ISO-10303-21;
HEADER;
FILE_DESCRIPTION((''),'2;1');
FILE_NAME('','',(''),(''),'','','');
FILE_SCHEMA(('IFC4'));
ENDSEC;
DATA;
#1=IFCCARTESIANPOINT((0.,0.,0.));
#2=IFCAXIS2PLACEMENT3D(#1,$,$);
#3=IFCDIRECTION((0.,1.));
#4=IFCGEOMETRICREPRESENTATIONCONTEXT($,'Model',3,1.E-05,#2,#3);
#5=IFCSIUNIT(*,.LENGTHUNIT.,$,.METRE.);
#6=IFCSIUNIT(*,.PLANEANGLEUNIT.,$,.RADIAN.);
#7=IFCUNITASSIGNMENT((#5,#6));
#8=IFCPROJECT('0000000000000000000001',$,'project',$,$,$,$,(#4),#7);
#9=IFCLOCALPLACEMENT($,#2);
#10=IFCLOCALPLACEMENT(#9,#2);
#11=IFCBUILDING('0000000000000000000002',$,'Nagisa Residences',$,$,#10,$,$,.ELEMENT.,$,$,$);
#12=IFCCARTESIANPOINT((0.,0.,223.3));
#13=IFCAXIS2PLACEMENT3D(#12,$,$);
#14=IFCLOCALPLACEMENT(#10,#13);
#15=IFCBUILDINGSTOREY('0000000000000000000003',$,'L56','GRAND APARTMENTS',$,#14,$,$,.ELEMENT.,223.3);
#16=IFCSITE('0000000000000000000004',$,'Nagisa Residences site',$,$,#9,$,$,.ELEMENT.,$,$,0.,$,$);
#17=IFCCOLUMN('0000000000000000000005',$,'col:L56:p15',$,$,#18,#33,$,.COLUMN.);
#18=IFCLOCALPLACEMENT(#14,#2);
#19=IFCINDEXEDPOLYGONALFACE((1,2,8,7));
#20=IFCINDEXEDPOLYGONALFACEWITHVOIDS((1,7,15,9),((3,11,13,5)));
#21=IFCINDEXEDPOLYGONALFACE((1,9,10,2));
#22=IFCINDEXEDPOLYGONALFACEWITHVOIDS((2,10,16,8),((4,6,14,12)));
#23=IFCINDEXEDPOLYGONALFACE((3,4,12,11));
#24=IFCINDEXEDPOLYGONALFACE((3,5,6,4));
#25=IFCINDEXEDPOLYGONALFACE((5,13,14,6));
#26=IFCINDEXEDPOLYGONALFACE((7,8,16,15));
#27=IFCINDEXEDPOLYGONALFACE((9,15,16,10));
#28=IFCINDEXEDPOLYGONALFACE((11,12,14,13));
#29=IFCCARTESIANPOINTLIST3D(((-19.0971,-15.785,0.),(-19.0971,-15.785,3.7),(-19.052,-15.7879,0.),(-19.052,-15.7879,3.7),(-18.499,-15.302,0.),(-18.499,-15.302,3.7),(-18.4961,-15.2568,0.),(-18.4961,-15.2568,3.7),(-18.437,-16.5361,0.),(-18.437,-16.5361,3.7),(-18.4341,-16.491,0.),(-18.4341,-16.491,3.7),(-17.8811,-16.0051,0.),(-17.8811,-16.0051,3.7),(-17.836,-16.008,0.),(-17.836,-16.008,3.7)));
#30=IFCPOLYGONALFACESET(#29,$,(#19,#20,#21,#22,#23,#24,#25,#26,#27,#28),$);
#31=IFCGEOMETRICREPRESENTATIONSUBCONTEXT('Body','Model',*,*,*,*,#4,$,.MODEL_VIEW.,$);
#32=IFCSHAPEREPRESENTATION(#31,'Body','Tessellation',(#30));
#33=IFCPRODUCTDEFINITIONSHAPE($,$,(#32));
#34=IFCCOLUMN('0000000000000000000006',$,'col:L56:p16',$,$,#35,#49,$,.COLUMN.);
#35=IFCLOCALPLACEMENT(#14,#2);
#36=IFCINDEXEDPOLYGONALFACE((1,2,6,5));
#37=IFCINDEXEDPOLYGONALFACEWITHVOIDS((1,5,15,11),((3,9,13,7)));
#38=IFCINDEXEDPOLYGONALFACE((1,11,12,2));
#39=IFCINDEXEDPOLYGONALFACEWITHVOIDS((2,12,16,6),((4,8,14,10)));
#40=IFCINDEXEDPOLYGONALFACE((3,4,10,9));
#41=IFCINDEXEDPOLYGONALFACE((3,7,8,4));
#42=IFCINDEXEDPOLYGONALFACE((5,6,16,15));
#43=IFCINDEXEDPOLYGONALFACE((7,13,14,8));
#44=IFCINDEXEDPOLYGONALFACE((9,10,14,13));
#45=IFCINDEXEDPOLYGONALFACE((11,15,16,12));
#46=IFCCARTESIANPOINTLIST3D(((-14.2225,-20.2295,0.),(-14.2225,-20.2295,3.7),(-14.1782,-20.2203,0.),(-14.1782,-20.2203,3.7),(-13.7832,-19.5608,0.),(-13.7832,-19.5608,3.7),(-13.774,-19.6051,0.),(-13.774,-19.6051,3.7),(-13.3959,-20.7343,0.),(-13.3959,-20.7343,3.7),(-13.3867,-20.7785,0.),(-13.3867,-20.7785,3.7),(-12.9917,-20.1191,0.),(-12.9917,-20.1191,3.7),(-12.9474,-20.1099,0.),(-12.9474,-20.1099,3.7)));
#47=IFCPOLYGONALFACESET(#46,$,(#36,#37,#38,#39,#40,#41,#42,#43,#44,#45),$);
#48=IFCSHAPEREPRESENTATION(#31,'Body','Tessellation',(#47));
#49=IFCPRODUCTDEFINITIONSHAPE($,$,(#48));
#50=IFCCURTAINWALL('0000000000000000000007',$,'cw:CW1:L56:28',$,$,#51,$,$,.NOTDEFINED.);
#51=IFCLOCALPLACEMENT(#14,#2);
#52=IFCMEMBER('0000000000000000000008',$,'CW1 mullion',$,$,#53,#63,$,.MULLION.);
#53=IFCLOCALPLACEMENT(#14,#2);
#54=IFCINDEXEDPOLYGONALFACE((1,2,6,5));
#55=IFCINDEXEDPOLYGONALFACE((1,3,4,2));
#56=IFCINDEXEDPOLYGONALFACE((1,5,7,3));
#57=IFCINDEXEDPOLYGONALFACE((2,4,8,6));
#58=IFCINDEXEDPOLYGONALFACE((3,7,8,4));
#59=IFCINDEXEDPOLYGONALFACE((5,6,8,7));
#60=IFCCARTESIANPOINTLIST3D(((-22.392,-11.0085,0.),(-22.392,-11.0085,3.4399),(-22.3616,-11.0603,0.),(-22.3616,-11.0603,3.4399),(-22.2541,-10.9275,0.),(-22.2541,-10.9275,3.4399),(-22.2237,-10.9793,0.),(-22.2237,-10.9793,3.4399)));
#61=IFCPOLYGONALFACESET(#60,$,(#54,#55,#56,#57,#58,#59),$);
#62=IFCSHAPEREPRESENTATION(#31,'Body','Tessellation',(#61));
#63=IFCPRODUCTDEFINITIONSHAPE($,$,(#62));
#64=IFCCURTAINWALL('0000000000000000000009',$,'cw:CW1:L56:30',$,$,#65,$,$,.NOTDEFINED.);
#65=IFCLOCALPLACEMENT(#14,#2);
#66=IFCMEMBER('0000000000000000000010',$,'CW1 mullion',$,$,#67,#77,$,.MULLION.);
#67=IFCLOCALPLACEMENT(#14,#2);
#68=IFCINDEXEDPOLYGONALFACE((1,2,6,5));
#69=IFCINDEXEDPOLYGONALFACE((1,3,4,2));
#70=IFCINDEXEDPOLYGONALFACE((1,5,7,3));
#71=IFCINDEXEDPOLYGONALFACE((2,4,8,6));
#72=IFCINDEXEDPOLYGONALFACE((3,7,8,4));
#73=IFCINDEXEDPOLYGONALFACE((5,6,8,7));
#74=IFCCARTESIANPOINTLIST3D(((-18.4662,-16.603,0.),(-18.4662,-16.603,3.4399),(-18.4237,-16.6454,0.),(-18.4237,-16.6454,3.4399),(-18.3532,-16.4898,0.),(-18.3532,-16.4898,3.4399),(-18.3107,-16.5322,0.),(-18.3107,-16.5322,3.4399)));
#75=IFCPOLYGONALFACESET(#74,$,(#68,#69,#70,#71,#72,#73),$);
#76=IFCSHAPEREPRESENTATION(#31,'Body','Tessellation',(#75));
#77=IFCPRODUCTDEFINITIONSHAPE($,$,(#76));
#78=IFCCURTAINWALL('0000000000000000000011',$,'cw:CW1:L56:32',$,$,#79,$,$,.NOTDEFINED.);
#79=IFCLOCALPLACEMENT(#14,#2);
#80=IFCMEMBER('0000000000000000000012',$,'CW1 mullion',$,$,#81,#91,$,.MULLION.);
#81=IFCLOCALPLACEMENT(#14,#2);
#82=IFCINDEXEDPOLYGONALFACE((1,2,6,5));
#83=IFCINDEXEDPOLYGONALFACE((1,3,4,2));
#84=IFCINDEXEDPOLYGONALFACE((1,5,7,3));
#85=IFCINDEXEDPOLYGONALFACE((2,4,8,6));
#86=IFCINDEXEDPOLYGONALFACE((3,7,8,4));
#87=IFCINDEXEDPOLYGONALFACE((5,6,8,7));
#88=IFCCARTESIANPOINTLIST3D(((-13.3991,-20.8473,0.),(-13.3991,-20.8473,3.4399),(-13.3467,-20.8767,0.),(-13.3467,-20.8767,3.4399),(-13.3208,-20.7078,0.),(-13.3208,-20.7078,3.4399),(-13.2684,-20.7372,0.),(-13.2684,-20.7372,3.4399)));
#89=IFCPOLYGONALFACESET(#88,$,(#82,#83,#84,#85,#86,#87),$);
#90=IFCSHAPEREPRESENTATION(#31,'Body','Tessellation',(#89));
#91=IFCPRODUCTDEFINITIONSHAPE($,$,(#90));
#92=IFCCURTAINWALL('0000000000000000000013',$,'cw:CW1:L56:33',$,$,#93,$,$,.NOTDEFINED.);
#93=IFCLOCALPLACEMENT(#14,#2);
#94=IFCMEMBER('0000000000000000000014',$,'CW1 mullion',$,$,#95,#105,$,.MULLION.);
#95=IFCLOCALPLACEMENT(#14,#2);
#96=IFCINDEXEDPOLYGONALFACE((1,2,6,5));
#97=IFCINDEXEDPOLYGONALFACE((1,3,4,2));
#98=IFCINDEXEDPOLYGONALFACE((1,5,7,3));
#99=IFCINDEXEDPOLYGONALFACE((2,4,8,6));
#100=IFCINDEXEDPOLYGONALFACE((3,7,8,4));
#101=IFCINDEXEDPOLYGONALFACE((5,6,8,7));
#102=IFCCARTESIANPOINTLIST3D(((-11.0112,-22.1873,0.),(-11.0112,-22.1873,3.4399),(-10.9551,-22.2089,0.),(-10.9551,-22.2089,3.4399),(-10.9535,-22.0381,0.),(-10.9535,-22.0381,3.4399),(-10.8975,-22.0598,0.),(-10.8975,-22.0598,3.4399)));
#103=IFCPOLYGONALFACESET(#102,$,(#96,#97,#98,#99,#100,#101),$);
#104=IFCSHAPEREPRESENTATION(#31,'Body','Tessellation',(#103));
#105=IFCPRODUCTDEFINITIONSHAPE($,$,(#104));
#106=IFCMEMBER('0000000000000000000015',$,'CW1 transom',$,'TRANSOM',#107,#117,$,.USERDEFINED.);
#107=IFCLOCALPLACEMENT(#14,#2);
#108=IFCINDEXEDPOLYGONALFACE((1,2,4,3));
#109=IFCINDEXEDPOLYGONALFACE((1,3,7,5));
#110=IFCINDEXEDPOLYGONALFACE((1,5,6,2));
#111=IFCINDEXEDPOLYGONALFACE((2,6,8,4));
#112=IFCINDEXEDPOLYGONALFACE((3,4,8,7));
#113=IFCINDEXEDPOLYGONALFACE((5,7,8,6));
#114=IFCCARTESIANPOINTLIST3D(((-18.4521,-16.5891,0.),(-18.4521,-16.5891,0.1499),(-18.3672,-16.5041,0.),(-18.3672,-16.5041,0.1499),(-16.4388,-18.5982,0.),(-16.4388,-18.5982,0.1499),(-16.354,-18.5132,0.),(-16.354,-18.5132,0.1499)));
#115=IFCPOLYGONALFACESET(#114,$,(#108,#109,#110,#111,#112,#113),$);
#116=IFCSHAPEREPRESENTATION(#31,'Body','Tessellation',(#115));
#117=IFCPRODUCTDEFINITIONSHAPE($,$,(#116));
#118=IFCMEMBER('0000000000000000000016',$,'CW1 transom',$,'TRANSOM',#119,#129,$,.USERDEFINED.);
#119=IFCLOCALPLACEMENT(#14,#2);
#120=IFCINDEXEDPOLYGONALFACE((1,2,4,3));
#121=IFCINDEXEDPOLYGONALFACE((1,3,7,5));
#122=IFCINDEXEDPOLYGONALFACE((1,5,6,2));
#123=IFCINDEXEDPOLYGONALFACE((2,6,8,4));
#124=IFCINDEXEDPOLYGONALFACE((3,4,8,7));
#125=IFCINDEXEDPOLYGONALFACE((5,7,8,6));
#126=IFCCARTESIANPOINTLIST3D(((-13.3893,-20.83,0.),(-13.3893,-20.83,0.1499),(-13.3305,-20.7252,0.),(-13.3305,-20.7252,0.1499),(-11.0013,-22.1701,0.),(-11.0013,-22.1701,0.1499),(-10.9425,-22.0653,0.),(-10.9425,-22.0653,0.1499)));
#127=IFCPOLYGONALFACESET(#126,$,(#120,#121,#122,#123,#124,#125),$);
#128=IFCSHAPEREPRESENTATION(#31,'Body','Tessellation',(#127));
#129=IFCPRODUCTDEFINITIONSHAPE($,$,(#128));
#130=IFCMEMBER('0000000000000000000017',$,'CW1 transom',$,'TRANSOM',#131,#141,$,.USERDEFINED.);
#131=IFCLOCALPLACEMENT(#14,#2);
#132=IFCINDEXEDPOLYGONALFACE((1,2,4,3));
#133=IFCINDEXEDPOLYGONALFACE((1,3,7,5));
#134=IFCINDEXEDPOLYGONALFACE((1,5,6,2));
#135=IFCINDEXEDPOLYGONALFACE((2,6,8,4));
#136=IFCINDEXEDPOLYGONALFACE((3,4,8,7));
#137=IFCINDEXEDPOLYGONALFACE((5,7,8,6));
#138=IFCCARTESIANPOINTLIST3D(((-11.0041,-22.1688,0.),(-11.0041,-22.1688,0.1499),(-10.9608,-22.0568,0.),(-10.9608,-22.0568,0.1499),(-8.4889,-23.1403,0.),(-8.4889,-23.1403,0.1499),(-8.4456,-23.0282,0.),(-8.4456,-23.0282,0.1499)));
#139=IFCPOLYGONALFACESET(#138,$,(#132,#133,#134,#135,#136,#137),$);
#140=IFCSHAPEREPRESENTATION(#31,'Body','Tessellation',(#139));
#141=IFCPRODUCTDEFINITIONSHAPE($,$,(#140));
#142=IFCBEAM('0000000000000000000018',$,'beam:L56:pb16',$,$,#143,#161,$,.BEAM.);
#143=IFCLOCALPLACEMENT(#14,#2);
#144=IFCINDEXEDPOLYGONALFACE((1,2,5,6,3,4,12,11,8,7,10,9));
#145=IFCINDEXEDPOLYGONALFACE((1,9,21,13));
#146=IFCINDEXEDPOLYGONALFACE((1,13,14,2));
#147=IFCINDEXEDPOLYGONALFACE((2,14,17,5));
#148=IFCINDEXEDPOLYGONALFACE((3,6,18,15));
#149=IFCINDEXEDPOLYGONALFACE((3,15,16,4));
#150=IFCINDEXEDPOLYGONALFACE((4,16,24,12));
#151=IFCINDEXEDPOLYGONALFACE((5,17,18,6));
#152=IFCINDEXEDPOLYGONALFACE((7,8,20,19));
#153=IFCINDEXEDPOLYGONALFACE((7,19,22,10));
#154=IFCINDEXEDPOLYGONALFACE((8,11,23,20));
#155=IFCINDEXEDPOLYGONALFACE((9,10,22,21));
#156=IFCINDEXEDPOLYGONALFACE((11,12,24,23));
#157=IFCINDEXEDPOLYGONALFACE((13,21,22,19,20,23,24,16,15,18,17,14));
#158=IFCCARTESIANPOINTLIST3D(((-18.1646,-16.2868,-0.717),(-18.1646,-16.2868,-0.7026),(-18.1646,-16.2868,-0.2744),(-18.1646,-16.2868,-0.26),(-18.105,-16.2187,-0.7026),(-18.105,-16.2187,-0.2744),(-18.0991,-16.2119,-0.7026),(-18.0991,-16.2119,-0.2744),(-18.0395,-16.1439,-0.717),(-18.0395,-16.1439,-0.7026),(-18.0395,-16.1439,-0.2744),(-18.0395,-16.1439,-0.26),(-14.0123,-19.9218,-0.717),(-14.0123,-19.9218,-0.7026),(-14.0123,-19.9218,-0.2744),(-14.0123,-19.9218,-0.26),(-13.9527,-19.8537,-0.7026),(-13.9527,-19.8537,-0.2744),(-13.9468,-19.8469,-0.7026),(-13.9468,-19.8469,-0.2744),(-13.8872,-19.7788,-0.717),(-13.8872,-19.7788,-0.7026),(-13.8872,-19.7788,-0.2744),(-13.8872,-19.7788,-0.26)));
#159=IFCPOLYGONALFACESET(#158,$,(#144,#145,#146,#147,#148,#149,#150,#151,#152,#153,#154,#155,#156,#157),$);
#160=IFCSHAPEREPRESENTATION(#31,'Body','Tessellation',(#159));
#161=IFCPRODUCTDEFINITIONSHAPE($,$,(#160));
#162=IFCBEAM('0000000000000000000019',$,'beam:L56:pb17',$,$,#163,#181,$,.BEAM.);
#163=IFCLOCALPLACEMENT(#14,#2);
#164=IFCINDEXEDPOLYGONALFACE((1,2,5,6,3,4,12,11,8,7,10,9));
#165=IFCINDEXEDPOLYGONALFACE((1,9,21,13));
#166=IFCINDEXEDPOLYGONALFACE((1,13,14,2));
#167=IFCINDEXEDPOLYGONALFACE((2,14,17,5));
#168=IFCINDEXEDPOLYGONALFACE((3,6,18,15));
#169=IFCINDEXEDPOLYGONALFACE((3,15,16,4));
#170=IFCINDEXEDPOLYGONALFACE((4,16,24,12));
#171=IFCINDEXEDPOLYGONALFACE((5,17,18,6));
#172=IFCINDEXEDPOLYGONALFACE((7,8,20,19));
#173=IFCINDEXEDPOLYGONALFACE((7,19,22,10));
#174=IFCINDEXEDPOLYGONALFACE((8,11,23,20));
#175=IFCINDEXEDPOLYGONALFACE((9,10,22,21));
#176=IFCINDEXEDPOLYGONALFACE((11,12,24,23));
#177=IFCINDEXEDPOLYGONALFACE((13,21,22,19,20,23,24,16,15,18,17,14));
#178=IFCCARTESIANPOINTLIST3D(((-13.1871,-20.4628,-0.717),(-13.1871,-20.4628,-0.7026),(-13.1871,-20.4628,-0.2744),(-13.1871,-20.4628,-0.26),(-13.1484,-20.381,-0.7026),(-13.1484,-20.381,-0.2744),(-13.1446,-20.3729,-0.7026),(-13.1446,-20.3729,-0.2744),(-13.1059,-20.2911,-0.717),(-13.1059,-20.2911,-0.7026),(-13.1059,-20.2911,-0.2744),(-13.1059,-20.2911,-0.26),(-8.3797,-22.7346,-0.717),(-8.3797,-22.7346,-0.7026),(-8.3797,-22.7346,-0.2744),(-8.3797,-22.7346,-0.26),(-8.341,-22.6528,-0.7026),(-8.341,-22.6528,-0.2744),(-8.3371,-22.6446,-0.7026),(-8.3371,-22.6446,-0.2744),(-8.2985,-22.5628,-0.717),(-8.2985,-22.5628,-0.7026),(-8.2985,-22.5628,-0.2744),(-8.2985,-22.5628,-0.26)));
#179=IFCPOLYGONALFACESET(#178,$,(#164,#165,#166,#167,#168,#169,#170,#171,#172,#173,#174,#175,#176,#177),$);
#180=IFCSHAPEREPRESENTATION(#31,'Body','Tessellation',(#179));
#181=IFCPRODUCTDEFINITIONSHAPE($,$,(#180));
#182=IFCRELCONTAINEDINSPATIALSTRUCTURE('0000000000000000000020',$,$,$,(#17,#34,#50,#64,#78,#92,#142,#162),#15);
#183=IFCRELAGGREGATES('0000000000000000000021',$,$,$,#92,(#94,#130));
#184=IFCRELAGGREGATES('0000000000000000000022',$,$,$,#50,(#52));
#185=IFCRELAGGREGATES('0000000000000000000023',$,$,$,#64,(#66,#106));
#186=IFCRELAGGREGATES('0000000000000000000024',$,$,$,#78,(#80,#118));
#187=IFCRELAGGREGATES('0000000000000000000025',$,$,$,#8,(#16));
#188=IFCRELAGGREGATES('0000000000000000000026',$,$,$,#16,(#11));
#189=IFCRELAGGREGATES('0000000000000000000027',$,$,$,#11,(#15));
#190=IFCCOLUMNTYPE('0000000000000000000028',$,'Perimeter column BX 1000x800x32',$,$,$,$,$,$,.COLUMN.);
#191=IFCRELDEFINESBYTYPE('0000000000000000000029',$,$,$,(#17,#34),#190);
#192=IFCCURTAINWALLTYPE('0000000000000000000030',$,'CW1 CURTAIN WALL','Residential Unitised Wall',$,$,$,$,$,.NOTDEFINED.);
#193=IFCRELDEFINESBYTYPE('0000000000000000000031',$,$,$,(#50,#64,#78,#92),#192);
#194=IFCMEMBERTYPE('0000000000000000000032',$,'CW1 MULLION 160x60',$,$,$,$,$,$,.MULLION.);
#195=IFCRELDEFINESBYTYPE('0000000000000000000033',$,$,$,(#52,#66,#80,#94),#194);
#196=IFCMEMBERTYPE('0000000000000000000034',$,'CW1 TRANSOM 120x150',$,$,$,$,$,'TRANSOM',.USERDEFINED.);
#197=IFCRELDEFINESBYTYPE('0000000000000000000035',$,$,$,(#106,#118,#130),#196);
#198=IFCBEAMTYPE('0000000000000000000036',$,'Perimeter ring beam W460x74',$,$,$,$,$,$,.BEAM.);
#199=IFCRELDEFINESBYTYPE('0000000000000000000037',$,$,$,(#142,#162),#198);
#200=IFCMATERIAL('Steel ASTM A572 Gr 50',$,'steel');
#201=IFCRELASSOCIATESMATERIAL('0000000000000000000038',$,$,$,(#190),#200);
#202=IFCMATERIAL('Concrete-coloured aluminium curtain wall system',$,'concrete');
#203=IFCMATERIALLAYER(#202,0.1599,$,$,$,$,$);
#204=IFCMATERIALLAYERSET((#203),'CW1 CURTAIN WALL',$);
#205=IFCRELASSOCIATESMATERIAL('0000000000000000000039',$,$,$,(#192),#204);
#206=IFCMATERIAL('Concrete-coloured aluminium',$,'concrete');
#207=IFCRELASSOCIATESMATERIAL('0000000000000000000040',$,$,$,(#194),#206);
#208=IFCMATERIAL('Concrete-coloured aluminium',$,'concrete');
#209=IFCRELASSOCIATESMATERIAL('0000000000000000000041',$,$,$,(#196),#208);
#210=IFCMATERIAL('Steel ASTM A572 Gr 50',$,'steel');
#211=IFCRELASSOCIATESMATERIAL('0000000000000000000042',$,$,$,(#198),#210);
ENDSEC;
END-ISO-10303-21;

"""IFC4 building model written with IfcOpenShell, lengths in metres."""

from ifc_helpers import new_model, si_unit, direction, frame, origin, origin_2d, place, context, subcontext, project, spatial, rectangle, hollow_rectangle, i_section, extrude, material, layer, layer_set, material_profile, profile_set, type_object, element, aggregate, save


model = new_model("IFC4")

# Units and contexts
model_context = context("Model", 3, precision=1e-05, world=origin(), true_north=direction((0.0, 1.0)))
body_context = subcontext(model_context, "Body", "Model", "MODEL_VIEW")
ifc_project = project(units=[si_unit("LENGTHUNIT", "METRE"), si_unit("PLANEANGLEUNIT", "RADIAN")], contexts=[model_context])

# Site, building, storey
site_placement = place(None, origin())
site = spatial("IfcSite", under=ifc_project, at=site_placement, Name="Nagisa Residences site", CompositionType="ELEMENT", RefElevation=0.0)
building_placement = place(site_placement, origin())
building = spatial("IfcBuilding", under=site, at=building_placement, Name="Nagisa Residences", CompositionType="ELEMENT")
storey_placement = place(building_placement, frame((0.0, 0.0, 223.3)))
storey = spatial("IfcBuildingStorey", under=building, at=storey_placement, Name="L56", Description="GRAND APARTMENTS", CompositionType="ELEMENT", Elevation=223.3)

# Columns
ifc_material_1 = material(Name="Steel ASTM A572 Gr 50", Category="steel")
ifc_material_profile_1 = material_profile(ifc_material_1, hollow_rectangle(XDim=1.0, YDim=0.8, WallThickness=0.032, at=origin_2d()), Name="BX 1000x800x32")
ifc_profile_set_1 = profile_set([ifc_material_profile_1], Name="Steel ASTM A572 Gr 50")
column_type = type_object("IfcColumnType", Name="Perimeter column BX 1000x800x32", PredefinedType="COLUMN", material=ifc_profile_set_1)
for number, where, z_axis, x_axis, name in (
    (1, (-18.4666, -15.8965, 0.0), (0.0, 0.0, 1.0), (0.660115, -0.751165, 0.0), "col:L56:p15"),
    (2, (-13.585, -20.1697, 0.0), (0.0, 0.0, 1.0), (0.835766, -0.549086, 0.0), "col:L56:p16"),
):
    element("IfcColumn", number, at=place(storey_placement, frame(where, z_axis=z_axis, x_axis=x_axis)), inside=storey, type_object=column_type, Name=name, PredefinedType="COLUMN", context=body_context, shape_type="SweptSolid", body=[
        extrude(hollow_rectangle(XDim=1.0, YDim=0.8, WallThickness=0.032, at=origin_2d()), origin(), (0.0, 0.0, 1.0), 3.7),
    ])

# Curtain walls, members
ifc_material_2 = material(Name="Concrete-coloured aluminium curtain wall system", Category="concrete")
ifc_layer_1 = layer(ifc_material_2, 0.1599)
ifc_layer_set_1 = layer_set([ifc_layer_1], Name="CW1 CURTAIN WALL")
curtain_wall_type = type_object("IfcCurtainWallType", Name="CW1 CURTAIN WALL", Description="Residential Unitised Wall", PredefinedType="NOTDEFINED", material=ifc_layer_set_1)
curtain_wall_1_placement = place(storey_placement, origin())
curtain_wall_1 = element("IfcCurtainWall", 3, at=curtain_wall_1_placement, inside=storey, type_object=curtain_wall_type, Name="cw:CW1:L56:28", PredefinedType="NOTDEFINED")
ifc_material_3 = material(Name="Concrete-coloured aluminium", Category="concrete")
ifc_material_profile_2 = material_profile(ifc_material_3, rectangle(XDim=0.1599, YDim=0.0601, at=origin_2d()), Name="CW1 MULLION 160x60")
ifc_profile_set_2 = profile_set([ifc_material_profile_2], Name="Concrete-coloured aluminium")
member_type_1 = type_object("IfcMemberType", Name="CW1 MULLION 160x60", PredefinedType="MULLION", material=ifc_profile_set_2)
member_1_placement = place(storey_placement, frame((-22.3079, -10.9939, 0.0), z_axis=(0.0, 0.0, 1.0), x_axis=(0.862329, 0.506349, 0.0)))
member_1 = element("IfcMember", 4, at=member_1_placement, type_object=member_type_1, Name="CW1 mullion", PredefinedType="MULLION", context=body_context, shape_type="SweptSolid", body=[
    extrude(rectangle(XDim=0.1599, YDim=0.0601, at=origin_2d()), origin(), (0.0, 0.0, 1.0), 3.4399),
])
curtain_wall_2_placement = place(storey_placement, origin())
curtain_wall_2 = element("IfcCurtainWall", 5, at=curtain_wall_2_placement, inside=storey, type_object=curtain_wall_type, Name="cw:CW1:L56:30", PredefinedType="NOTDEFINED")
member_2_placement = place(storey_placement, frame((-18.3884, -16.5676, 0.0), z_axis=(0.0, 0.0, 1.0), x_axis=(0.706377, 0.707836, 0.0)))
member_2 = element("IfcMember", 6, at=member_2_placement, type_object=member_type_1, Name="CW1 mullion", PredefinedType="MULLION", context=body_context, shape_type="SweptSolid", body=[
    extrude(rectangle(XDim=0.1599, YDim=0.0601, at=origin_2d()), origin(), (0.0, 0.0, 1.0), 3.4399),
])
curtain_wall_3_placement = place(storey_placement, origin())
curtain_wall_3 = element("IfcCurtainWall", 7, at=curtain_wall_3_placement, inside=storey, type_object=curtain_wall_type, Name="cw:CW1:L56:32", PredefinedType="NOTDEFINED")
member_3_placement = place(storey_placement, frame((-13.3337, -20.7922, 0.0), z_axis=(0.0, 0.0, 1.0), x_axis=(0.489377, 0.872072, 0.0)))
member_3 = element("IfcMember", 8, at=member_3_placement, type_object=member_type_1, Name="CW1 mullion", PredefinedType="MULLION", context=body_context, shape_type="SweptSolid", body=[
    extrude(rectangle(XDim=0.1599, YDim=0.0601, at=origin_2d()), origin(), (0.0, 0.0, 1.0), 3.4399),
])
curtain_wall_4_placement = place(storey_placement, origin())
curtain_wall_4 = element("IfcCurtainWall", 9, at=curtain_wall_4_placement, inside=storey, type_object=curtain_wall_type, Name="cw:CW1:L56:33", PredefinedType="NOTDEFINED")
member_4_placement = place(storey_placement, frame((-10.9543, -22.1235, 0.0), z_axis=(0.0, 0.0, 1.0), x_axis=(0.360328, 0.932826, 0.0)))
member_4 = element("IfcMember", 10, at=member_4_placement, type_object=member_type_1, Name="CW1 mullion", PredefinedType="MULLION", context=body_context, shape_type="SweptSolid", body=[
    extrude(rectangle(XDim=0.1599, YDim=0.0601, at=origin_2d()), origin(), (0.0, 0.0, 1.0), 3.4399),
])

# Members
ifc_material_4 = material(Name="Concrete-coloured aluminium", Category="concrete")
ifc_material_profile_3 = material_profile(ifc_material_4, rectangle(XDim=0.1201, YDim=0.1499, at=origin_2d()), Name="CW1 TRANSOM 120x150")
ifc_profile_set_3 = profile_set([ifc_material_profile_3], Name="Concrete-coloured aluminium")
member_type_2 = type_object("IfcMemberType", Name="CW1 TRANSOM 120x150", ElementType="TRANSOM", PredefinedType="USERDEFINED", material=ifc_profile_set_3)
member_5_placement = place(storey_placement, frame((-18.4097, -16.5466, 0.075), z_axis=(0.707836, -0.706377, 0.0), x_axis=(0.706377, 0.707836, 0.0)))
member_5 = element("IfcMember", 11, at=member_5_placement, type_object=member_type_2, Name="CW1 transom", ObjectType="TRANSOM", PredefinedType="USERDEFINED", context=body_context, shape_type="SweptSolid", body=[
    extrude(rectangle(XDim=0.1201, YDim=0.1499, at=origin_2d()), origin(), (0.0, 0.0, 1.0), 2.8442),
])
member_6_placement = place(storey_placement, frame((-13.3599, -20.7776, 0.075), z_axis=(0.872063, -0.489393, 0.0), x_axis=(0.489393, 0.872063, 0.0)))
member_6 = element("IfcMember", 12, at=member_6_placement, type_object=member_type_2, Name="CW1 transom", ObjectType="TRANSOM", PredefinedType="USERDEFINED", context=body_context, shape_type="SweptSolid", body=[
    extrude(rectangle(XDim=0.1201, YDim=0.1499, at=origin_2d()), origin(), (0.0, 0.0, 1.0), 2.7383),
])
member_7_placement = place(storey_placement, frame((-10.9824, -22.1128, 0.075), z_axis=(0.932838, -0.360295, 0.0), x_axis=(0.360295, 0.932838, 0.0)))
member_7 = element("IfcMember", 13, at=member_7_placement, type_object=member_type_2, Name="CW1 transom", ObjectType="TRANSOM", PredefinedType="USERDEFINED", context=body_context, shape_type="SweptSolid", body=[
    extrude(rectangle(XDim=0.1201, YDim=0.1499, at=origin_2d()), origin(), (0.0, 0.0, 1.0), 2.6963),
])
aggregate(curtain_wall_4, [member_4, member_7])

# Beams
ifc_material_5 = material(Name="Steel ASTM A572 Gr 50", Category="steel")
ifc_material_profile_4 = material_profile(ifc_material_5, i_section(OverallWidth=0.1899, OverallDepth=0.457, WebThickness=0.009, FlangeThickness=0.0144, at=origin_2d()), Name="W460x74")
ifc_profile_set_4 = profile_set([ifc_material_profile_4], Name="Steel ASTM A572 Gr 50")
beam_type_1 = type_object("IfcBeamType", Name="Perimeter ring beam W460x74", PredefinedType="BEAM", material=ifc_profile_set_4)
beam_1_placement = place(storey_placement, frame((-18.1021, -16.2153, -0.4885), z_axis=(0.752423, -0.65868, 0.0), x_axis=(0.65868, 0.752423, 0.0)))
element("IfcBeam", 14, at=beam_1_placement, inside=storey, type_object=beam_type_1, Name="beam:L56:pb16", PredefinedType="BEAM", context=body_context, shape_type="SweptSolid", body=[
    extrude(i_section(OverallWidth=0.1899, OverallDepth=0.457, WebThickness=0.009, FlangeThickness=0.0144, at=origin_2d()), origin(), (0.0, 0.0, 1.0), 5.5186),
])
beam_2_placement = place(storey_placement, frame((-13.1465, -20.377, -0.4885), z_axis=(0.904134, -0.427249, 0.0), x_axis=(0.427249, 0.904134, 0.0)))
element("IfcBeam", 15, at=beam_2_placement, inside=storey, type_object=beam_type_1, Name="beam:L56:pb17", PredefinedType="BEAM", context=body_context, shape_type="SweptSolid", body=[
    extrude(i_section(OverallWidth=0.1899, OverallDepth=0.457, WebThickness=0.009, FlangeThickness=0.0144, at=origin_2d()), origin(), (0.0, 0.0, 1.0), 5.3171),
])

aggregate(curtain_wall_1, [member_1])
aggregate(curtain_wall_2, [member_2, member_5])
aggregate(curtain_wall_3, [member_3, member_6])

save(model, "model.ifc")
